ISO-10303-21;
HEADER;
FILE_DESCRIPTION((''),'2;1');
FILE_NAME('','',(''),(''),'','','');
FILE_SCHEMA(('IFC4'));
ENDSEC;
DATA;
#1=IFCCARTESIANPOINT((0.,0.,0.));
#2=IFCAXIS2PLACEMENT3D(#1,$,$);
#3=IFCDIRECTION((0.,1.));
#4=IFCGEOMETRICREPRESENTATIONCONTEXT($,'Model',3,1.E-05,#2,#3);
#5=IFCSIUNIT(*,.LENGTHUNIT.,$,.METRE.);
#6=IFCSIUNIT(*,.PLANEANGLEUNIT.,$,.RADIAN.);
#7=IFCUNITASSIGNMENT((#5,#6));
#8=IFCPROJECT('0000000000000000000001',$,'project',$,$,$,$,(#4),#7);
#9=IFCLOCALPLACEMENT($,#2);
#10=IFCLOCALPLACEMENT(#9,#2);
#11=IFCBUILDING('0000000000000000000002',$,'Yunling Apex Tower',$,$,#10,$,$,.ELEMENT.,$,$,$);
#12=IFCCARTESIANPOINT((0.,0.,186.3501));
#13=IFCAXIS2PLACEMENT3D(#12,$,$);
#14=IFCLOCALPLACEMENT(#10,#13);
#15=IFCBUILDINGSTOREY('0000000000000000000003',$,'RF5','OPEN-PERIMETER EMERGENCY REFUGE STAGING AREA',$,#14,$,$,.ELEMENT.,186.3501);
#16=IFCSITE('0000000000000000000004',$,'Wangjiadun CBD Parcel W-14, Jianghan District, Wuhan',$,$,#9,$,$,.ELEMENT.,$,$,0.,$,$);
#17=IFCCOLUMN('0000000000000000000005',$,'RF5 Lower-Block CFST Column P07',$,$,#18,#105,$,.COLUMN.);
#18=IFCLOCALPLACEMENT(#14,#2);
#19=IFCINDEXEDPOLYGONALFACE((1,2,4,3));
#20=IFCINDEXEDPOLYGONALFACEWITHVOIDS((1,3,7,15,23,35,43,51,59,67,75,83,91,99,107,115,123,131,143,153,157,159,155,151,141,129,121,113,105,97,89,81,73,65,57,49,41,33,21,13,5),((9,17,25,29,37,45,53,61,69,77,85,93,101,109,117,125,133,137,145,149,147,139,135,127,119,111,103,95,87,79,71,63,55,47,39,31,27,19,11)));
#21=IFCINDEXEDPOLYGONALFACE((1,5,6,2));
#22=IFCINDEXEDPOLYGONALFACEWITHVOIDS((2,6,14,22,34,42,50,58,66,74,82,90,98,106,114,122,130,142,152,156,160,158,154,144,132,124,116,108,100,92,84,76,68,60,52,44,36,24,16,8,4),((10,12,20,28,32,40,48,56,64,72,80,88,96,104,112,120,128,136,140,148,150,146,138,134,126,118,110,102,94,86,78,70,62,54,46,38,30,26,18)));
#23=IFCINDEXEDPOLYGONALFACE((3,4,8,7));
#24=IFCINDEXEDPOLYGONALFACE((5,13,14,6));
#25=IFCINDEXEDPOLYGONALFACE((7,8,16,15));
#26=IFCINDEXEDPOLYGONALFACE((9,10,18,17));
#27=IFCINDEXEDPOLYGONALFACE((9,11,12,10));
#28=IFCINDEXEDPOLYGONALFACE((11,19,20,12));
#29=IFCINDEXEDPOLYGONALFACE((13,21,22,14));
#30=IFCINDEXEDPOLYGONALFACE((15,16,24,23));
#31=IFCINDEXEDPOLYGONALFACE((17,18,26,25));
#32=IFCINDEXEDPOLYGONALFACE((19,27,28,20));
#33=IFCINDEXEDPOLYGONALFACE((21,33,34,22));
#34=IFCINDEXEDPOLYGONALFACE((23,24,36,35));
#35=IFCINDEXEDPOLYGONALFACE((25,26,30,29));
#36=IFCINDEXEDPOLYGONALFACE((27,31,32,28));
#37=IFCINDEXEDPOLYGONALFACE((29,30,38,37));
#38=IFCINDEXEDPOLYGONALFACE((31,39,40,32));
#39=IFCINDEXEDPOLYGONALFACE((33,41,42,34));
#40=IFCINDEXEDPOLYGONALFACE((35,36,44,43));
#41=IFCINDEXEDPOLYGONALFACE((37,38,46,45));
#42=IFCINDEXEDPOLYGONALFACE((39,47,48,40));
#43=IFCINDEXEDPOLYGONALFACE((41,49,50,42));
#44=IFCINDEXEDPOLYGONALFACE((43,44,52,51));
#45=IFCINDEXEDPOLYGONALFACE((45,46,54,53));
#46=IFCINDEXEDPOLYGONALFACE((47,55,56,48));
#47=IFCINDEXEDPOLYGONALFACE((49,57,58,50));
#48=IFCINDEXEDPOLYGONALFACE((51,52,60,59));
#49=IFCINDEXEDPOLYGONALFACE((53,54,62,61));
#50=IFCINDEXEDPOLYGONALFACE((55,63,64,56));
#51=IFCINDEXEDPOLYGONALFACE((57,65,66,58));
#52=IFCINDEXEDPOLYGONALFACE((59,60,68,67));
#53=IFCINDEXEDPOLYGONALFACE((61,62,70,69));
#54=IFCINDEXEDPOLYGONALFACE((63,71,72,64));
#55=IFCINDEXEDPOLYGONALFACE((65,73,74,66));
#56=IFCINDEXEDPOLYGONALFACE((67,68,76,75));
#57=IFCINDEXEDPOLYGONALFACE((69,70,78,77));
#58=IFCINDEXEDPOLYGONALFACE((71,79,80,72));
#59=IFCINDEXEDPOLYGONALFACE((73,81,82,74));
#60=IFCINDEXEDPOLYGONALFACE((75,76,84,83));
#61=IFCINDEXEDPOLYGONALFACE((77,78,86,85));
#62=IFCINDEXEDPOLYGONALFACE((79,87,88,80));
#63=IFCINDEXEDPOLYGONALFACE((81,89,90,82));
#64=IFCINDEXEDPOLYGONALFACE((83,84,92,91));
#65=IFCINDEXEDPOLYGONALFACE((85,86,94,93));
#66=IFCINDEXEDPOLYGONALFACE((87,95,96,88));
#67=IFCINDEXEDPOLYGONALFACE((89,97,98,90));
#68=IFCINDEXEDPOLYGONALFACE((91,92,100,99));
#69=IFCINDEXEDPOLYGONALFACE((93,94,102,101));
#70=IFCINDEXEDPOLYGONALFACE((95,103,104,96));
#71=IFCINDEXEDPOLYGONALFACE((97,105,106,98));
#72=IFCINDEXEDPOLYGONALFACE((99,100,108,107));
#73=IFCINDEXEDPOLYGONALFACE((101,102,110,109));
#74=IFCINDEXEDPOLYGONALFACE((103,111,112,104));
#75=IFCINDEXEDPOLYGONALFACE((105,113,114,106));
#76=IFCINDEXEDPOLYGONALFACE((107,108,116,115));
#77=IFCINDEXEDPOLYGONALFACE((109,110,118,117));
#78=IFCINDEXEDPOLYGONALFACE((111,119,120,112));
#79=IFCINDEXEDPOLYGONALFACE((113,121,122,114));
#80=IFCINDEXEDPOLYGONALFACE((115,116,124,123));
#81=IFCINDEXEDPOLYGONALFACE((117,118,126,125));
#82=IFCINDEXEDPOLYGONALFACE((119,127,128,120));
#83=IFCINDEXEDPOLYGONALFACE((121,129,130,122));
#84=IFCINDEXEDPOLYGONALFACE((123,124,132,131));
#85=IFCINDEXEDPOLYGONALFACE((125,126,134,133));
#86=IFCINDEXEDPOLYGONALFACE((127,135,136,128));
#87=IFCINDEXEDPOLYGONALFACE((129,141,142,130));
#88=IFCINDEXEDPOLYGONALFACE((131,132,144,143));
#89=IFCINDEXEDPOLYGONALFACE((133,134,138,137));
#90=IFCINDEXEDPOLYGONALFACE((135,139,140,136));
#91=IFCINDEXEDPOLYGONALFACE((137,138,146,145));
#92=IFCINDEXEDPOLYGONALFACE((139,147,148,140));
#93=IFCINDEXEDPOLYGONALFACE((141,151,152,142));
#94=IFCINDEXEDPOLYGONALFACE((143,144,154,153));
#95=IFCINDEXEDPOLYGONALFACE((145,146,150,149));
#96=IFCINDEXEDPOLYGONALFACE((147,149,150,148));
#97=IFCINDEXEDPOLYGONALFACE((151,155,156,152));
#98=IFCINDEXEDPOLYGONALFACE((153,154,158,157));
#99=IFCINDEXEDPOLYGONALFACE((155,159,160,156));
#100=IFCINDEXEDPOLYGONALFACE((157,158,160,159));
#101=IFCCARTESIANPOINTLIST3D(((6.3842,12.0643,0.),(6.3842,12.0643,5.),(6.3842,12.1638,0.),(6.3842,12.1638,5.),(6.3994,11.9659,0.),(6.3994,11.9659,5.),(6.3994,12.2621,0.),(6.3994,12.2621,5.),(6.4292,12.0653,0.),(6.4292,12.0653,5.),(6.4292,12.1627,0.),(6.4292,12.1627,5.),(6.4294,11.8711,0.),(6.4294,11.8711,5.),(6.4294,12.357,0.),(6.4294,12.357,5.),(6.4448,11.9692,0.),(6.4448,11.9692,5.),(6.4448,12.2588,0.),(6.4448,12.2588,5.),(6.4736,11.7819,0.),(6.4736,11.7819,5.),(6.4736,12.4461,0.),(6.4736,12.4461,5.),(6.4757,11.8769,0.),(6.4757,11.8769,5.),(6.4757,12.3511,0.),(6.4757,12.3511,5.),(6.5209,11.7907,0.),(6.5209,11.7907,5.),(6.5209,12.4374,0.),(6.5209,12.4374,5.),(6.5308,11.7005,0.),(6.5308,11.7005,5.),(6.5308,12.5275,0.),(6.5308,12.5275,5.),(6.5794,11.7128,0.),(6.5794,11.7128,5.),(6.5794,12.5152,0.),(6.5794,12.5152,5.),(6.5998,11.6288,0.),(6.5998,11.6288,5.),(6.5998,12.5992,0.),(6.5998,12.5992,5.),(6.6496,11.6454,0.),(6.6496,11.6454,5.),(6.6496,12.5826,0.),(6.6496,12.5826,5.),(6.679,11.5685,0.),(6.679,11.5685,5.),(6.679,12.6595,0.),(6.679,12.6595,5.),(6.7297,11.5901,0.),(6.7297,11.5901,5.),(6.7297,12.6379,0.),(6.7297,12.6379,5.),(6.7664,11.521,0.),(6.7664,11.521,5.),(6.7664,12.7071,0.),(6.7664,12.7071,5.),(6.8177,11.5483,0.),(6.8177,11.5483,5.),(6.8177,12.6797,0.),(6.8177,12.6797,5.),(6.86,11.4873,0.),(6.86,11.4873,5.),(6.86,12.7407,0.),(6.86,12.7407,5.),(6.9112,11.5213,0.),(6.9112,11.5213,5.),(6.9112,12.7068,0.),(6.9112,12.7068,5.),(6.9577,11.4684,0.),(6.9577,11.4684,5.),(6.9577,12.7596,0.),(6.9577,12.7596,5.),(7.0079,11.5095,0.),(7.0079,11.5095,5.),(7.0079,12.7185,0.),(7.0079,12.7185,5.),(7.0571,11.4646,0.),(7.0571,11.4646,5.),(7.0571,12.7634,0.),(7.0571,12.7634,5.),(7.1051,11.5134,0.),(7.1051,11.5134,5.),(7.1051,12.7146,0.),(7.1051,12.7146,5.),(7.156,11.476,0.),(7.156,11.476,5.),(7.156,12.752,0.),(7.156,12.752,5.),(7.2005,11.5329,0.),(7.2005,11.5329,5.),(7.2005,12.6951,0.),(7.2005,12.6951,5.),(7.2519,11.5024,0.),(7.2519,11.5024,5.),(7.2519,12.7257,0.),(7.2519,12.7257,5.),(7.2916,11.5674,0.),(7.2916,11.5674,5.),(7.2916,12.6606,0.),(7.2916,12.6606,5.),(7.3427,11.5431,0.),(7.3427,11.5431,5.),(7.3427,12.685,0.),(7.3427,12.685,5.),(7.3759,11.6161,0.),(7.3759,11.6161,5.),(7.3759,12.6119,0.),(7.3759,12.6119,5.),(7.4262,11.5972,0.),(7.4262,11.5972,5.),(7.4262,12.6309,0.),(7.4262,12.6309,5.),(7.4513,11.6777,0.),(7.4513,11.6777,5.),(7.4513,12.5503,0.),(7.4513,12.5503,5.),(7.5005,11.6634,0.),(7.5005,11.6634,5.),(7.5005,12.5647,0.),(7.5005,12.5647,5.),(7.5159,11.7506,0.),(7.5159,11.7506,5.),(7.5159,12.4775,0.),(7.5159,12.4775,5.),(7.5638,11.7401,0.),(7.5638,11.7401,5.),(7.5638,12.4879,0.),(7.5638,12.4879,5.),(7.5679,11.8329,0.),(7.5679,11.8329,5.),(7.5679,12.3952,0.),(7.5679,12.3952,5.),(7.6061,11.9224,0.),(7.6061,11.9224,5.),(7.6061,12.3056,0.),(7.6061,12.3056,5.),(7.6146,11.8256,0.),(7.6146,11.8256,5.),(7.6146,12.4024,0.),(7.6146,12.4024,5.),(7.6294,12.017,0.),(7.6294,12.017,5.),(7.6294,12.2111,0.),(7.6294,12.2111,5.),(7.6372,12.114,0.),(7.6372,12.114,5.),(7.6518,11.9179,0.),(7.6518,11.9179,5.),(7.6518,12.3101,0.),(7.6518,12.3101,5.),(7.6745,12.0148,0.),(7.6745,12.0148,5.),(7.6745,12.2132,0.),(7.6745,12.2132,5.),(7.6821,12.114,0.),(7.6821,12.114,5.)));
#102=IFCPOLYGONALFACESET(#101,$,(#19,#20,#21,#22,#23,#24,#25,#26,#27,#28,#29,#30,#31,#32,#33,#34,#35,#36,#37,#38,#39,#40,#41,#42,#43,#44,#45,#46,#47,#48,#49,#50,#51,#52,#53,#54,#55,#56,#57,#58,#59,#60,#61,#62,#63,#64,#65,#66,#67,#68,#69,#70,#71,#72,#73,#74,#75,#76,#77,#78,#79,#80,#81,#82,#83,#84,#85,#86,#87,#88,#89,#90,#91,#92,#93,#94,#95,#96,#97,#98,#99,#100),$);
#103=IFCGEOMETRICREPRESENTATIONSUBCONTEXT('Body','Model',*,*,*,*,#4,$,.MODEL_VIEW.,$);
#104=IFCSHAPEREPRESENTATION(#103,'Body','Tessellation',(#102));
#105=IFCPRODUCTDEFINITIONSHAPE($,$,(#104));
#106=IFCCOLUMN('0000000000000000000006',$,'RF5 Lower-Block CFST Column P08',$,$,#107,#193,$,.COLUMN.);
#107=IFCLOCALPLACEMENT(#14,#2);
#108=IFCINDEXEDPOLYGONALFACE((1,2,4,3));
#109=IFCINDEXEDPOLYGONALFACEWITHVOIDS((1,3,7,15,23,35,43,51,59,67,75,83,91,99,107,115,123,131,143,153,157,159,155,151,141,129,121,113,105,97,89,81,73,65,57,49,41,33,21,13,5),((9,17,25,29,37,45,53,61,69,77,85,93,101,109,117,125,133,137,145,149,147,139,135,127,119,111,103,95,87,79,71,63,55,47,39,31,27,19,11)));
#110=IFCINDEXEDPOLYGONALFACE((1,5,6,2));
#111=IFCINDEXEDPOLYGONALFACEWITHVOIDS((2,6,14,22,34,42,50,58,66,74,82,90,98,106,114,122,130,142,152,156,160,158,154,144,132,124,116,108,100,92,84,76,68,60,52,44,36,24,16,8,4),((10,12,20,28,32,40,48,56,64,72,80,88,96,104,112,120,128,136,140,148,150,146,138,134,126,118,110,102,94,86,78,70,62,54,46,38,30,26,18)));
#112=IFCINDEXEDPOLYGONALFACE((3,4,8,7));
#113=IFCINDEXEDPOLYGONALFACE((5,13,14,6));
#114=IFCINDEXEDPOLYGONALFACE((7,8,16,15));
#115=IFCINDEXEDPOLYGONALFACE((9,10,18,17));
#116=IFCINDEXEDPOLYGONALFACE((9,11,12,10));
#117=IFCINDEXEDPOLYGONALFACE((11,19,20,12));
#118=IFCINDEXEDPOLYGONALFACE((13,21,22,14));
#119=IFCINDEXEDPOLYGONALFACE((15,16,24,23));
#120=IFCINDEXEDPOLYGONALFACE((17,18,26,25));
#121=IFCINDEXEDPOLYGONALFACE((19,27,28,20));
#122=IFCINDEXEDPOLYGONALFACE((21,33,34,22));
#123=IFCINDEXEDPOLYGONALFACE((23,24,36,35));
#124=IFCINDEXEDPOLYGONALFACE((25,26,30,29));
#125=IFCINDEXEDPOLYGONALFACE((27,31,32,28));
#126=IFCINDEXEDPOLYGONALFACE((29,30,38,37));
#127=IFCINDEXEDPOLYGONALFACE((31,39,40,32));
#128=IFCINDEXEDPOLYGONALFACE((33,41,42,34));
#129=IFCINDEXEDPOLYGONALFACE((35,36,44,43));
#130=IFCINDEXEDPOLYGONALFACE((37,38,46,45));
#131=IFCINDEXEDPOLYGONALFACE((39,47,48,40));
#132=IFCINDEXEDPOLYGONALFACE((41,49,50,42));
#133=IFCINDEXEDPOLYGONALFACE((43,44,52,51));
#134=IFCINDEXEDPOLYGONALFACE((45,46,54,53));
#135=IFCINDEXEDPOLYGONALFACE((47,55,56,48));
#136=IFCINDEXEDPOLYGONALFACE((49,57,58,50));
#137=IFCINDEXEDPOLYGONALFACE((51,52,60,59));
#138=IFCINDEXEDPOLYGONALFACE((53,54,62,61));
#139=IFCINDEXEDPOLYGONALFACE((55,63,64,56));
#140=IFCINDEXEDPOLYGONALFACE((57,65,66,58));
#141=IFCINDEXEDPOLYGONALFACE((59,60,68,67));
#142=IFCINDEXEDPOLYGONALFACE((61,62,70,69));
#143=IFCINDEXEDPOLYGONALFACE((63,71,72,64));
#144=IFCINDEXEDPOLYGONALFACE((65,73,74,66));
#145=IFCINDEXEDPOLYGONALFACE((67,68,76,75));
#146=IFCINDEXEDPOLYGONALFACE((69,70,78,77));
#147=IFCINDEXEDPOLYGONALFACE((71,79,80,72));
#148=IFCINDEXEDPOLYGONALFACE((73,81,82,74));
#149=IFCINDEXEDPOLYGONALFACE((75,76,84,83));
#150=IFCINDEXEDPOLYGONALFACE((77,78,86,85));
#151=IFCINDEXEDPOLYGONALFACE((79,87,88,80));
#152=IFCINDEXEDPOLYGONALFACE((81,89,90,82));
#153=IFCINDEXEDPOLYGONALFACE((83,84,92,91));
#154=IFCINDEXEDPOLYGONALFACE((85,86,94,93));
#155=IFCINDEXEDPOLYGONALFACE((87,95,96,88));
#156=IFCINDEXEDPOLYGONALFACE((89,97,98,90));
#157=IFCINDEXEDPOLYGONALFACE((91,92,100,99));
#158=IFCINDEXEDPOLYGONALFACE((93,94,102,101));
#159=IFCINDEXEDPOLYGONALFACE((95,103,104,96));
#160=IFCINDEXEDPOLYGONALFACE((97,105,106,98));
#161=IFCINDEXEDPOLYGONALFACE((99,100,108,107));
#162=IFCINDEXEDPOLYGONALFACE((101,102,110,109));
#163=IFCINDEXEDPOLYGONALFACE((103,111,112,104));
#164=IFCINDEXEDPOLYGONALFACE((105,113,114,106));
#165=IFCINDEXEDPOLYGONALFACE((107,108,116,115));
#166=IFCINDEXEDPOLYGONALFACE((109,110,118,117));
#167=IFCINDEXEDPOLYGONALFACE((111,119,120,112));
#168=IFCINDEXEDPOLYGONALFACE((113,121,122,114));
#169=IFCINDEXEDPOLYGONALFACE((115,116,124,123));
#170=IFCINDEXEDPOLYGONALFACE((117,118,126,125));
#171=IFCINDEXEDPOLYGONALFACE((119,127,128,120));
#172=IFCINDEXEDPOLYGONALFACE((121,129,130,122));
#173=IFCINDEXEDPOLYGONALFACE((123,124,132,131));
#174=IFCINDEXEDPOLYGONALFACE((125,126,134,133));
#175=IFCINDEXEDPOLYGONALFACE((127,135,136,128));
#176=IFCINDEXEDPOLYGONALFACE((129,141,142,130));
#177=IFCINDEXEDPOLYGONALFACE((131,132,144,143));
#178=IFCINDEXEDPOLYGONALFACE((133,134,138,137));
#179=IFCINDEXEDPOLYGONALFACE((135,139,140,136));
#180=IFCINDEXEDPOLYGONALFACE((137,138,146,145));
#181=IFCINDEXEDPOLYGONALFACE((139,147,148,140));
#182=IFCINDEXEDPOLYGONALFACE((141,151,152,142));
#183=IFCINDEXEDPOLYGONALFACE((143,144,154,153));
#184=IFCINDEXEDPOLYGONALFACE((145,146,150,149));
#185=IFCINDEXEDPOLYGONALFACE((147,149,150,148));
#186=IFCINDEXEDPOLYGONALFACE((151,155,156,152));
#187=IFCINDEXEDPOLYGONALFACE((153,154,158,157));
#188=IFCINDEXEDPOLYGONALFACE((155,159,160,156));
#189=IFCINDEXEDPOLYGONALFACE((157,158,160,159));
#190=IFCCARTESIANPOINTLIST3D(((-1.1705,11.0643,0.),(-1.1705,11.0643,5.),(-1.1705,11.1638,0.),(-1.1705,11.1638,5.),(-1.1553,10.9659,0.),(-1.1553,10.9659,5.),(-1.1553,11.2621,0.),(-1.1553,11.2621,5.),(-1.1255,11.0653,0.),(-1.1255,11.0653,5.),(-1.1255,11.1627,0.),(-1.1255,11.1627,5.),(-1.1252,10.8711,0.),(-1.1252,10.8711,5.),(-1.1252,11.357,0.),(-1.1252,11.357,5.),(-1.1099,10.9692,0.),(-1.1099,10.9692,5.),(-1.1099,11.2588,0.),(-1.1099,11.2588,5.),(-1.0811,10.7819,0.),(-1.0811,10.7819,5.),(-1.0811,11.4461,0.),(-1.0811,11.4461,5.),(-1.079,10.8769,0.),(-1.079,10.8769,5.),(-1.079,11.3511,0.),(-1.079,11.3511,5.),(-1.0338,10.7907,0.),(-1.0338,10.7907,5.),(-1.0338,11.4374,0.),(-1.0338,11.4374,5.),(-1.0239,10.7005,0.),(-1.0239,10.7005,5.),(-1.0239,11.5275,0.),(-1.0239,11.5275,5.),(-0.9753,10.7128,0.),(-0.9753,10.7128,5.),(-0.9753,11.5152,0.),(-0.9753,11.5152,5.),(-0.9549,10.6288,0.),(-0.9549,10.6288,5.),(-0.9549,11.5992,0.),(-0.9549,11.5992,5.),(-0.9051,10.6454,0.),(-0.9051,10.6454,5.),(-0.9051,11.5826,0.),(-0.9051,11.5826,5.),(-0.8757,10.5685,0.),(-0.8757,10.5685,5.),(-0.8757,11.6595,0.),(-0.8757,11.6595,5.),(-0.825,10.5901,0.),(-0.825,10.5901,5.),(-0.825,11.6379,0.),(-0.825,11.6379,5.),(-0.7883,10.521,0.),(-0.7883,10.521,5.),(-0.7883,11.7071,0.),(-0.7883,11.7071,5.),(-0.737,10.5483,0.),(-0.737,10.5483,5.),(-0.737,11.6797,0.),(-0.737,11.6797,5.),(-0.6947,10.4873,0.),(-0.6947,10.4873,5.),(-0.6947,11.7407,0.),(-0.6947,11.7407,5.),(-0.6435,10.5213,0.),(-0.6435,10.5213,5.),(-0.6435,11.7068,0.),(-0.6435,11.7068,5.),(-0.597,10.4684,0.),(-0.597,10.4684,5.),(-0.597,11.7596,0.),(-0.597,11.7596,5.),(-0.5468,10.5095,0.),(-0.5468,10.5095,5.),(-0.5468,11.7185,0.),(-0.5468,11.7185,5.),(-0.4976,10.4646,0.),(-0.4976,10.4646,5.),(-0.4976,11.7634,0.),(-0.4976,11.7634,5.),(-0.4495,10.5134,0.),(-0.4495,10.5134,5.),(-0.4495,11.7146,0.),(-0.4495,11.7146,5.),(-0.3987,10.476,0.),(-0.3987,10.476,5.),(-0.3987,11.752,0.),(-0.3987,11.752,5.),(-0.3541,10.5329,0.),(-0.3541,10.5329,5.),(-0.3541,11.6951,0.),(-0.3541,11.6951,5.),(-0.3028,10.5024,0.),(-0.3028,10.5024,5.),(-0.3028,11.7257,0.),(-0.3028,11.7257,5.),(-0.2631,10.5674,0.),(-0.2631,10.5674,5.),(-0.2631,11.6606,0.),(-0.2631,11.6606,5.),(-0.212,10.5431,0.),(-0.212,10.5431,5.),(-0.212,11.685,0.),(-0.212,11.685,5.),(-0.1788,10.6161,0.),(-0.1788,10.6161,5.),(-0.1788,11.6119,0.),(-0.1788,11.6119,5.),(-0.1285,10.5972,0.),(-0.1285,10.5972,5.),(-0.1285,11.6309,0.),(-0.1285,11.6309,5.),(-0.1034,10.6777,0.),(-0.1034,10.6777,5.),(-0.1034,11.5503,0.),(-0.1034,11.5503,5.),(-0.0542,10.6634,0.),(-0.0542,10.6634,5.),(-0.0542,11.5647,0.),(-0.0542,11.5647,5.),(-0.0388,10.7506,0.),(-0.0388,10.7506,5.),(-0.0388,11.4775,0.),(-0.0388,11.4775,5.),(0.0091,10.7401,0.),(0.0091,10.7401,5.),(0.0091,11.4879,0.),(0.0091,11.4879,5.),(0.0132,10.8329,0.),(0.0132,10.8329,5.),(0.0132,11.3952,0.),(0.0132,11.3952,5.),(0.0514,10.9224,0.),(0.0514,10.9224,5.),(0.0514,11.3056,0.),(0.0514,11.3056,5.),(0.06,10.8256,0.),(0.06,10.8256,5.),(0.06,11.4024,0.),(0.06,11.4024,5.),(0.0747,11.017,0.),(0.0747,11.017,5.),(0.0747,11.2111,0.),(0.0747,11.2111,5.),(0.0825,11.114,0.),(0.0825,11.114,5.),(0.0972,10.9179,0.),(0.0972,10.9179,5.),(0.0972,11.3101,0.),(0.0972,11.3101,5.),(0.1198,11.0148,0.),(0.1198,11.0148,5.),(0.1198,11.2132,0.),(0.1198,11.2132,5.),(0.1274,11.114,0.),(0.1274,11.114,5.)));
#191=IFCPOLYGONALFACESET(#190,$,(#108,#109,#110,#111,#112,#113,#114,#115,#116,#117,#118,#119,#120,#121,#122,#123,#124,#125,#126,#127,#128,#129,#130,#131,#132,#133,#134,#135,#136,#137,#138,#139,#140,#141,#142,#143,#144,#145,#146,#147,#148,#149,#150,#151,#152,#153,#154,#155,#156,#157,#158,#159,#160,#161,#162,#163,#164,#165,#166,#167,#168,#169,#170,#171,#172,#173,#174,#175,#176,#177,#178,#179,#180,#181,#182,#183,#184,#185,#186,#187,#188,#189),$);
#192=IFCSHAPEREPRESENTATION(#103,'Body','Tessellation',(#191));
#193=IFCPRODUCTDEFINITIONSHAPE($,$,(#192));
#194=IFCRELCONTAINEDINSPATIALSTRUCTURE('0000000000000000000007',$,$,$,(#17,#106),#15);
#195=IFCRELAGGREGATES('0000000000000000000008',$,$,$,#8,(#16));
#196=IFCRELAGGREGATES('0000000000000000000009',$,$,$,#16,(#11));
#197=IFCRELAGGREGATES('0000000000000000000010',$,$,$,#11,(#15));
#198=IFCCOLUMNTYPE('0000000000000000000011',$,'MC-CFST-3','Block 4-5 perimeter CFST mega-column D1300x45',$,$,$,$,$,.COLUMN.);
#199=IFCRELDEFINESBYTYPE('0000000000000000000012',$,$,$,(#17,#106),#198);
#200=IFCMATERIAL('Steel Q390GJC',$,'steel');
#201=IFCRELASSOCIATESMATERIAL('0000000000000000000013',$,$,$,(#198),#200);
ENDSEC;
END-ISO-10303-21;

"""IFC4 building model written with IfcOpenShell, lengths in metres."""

from ifc_helpers import new_model, si_unit, direction, frame, origin, origin_2d, place, context, subcontext, project, spatial, hollow_circle, extrude, source, transform, mapped, material, material_profile, profile_set, type_object, element, save


model = new_model("IFC4")

# Units and contexts
model_context = context("Model", 3, precision=1e-05, world=origin(), true_north=direction((0.0, 1.0)))
body_context = subcontext(model_context, "Body", "Model", "MODEL_VIEW")
ifc_project = project(units=[si_unit("LENGTHUNIT", "METRE"), si_unit("PLANEANGLEUNIT", "RADIAN")], contexts=[model_context])

# Site, building, storey
site_placement = place(None, origin())
site = spatial("IfcSite", under=ifc_project, at=site_placement, Name="Wangjiadun CBD Parcel W-14, Jianghan District, Wuhan", CompositionType="ELEMENT", RefElevation=0.0)
building_placement = place(site_placement, origin())
building = spatial("IfcBuilding", under=site, at=building_placement, Name="Yunling Apex Tower", CompositionType="ELEMENT")
storey_placement = place(building_placement, frame((0.0, 0.0, 186.3501)))
storey = spatial("IfcBuildingStorey", under=building, at=storey_placement, Name="RF5", Description="OPEN-PERIMETER EMERGENCY REFUGE STAGING AREA", CompositionType="ELEMENT", Elevation=186.3501)

# Columns
ifc_material_1 = material(Name="Steel Q390GJC", Category="steel")
ifc_material_profile_1 = material_profile(ifc_material_1, hollow_circle(Radius=0.6499, WallThickness=0.0449, at=origin_2d()))
ifc_profile_set_1 = profile_set([ifc_material_profile_1], Name="Steel Q390GJC")
column_type = type_object("IfcColumnType", Name="MC-CFST-3", Description="Block 4-5 perimeter CFST mega-column D1300x45", PredefinedType="COLUMN", material=ifc_profile_set_1)
shared_shape_1 = source(origin(), body_context, "Body", "SweptSolid", [
    extrude(hollow_circle(Radius=0.6499, WallThickness=0.0449, at=origin_2d()), origin(), (0.0, 0.0, 1.0), 5.0),
])
for number, where, z_axis, x_axis, name in (
    (1, (7.0322, 12.114, 0.0), (0.0, 0.0, 1.0), (1.0, 0.0, 0.0), "RF5 Lower-Block CFST Column P07"),
    (2, (-0.5225, 11.114, 0.0), (0.0, 0.0, 1.0), (1.0, 0.0, 0.0), "RF5 Lower-Block CFST Column P08"),
):
    element("IfcColumn", number, at=place(storey_placement, frame(where, z_axis=z_axis, x_axis=x_axis)), inside=storey, type_object=column_type, Name=name, PredefinedType="COLUMN", context=body_context, shape_type="MappedRepresentation", body=[
        mapped(shared_shape_1, transform((0.0, 0.0, 0.0), scale=1.0)),
    ])

save(model, "model.ifc")
